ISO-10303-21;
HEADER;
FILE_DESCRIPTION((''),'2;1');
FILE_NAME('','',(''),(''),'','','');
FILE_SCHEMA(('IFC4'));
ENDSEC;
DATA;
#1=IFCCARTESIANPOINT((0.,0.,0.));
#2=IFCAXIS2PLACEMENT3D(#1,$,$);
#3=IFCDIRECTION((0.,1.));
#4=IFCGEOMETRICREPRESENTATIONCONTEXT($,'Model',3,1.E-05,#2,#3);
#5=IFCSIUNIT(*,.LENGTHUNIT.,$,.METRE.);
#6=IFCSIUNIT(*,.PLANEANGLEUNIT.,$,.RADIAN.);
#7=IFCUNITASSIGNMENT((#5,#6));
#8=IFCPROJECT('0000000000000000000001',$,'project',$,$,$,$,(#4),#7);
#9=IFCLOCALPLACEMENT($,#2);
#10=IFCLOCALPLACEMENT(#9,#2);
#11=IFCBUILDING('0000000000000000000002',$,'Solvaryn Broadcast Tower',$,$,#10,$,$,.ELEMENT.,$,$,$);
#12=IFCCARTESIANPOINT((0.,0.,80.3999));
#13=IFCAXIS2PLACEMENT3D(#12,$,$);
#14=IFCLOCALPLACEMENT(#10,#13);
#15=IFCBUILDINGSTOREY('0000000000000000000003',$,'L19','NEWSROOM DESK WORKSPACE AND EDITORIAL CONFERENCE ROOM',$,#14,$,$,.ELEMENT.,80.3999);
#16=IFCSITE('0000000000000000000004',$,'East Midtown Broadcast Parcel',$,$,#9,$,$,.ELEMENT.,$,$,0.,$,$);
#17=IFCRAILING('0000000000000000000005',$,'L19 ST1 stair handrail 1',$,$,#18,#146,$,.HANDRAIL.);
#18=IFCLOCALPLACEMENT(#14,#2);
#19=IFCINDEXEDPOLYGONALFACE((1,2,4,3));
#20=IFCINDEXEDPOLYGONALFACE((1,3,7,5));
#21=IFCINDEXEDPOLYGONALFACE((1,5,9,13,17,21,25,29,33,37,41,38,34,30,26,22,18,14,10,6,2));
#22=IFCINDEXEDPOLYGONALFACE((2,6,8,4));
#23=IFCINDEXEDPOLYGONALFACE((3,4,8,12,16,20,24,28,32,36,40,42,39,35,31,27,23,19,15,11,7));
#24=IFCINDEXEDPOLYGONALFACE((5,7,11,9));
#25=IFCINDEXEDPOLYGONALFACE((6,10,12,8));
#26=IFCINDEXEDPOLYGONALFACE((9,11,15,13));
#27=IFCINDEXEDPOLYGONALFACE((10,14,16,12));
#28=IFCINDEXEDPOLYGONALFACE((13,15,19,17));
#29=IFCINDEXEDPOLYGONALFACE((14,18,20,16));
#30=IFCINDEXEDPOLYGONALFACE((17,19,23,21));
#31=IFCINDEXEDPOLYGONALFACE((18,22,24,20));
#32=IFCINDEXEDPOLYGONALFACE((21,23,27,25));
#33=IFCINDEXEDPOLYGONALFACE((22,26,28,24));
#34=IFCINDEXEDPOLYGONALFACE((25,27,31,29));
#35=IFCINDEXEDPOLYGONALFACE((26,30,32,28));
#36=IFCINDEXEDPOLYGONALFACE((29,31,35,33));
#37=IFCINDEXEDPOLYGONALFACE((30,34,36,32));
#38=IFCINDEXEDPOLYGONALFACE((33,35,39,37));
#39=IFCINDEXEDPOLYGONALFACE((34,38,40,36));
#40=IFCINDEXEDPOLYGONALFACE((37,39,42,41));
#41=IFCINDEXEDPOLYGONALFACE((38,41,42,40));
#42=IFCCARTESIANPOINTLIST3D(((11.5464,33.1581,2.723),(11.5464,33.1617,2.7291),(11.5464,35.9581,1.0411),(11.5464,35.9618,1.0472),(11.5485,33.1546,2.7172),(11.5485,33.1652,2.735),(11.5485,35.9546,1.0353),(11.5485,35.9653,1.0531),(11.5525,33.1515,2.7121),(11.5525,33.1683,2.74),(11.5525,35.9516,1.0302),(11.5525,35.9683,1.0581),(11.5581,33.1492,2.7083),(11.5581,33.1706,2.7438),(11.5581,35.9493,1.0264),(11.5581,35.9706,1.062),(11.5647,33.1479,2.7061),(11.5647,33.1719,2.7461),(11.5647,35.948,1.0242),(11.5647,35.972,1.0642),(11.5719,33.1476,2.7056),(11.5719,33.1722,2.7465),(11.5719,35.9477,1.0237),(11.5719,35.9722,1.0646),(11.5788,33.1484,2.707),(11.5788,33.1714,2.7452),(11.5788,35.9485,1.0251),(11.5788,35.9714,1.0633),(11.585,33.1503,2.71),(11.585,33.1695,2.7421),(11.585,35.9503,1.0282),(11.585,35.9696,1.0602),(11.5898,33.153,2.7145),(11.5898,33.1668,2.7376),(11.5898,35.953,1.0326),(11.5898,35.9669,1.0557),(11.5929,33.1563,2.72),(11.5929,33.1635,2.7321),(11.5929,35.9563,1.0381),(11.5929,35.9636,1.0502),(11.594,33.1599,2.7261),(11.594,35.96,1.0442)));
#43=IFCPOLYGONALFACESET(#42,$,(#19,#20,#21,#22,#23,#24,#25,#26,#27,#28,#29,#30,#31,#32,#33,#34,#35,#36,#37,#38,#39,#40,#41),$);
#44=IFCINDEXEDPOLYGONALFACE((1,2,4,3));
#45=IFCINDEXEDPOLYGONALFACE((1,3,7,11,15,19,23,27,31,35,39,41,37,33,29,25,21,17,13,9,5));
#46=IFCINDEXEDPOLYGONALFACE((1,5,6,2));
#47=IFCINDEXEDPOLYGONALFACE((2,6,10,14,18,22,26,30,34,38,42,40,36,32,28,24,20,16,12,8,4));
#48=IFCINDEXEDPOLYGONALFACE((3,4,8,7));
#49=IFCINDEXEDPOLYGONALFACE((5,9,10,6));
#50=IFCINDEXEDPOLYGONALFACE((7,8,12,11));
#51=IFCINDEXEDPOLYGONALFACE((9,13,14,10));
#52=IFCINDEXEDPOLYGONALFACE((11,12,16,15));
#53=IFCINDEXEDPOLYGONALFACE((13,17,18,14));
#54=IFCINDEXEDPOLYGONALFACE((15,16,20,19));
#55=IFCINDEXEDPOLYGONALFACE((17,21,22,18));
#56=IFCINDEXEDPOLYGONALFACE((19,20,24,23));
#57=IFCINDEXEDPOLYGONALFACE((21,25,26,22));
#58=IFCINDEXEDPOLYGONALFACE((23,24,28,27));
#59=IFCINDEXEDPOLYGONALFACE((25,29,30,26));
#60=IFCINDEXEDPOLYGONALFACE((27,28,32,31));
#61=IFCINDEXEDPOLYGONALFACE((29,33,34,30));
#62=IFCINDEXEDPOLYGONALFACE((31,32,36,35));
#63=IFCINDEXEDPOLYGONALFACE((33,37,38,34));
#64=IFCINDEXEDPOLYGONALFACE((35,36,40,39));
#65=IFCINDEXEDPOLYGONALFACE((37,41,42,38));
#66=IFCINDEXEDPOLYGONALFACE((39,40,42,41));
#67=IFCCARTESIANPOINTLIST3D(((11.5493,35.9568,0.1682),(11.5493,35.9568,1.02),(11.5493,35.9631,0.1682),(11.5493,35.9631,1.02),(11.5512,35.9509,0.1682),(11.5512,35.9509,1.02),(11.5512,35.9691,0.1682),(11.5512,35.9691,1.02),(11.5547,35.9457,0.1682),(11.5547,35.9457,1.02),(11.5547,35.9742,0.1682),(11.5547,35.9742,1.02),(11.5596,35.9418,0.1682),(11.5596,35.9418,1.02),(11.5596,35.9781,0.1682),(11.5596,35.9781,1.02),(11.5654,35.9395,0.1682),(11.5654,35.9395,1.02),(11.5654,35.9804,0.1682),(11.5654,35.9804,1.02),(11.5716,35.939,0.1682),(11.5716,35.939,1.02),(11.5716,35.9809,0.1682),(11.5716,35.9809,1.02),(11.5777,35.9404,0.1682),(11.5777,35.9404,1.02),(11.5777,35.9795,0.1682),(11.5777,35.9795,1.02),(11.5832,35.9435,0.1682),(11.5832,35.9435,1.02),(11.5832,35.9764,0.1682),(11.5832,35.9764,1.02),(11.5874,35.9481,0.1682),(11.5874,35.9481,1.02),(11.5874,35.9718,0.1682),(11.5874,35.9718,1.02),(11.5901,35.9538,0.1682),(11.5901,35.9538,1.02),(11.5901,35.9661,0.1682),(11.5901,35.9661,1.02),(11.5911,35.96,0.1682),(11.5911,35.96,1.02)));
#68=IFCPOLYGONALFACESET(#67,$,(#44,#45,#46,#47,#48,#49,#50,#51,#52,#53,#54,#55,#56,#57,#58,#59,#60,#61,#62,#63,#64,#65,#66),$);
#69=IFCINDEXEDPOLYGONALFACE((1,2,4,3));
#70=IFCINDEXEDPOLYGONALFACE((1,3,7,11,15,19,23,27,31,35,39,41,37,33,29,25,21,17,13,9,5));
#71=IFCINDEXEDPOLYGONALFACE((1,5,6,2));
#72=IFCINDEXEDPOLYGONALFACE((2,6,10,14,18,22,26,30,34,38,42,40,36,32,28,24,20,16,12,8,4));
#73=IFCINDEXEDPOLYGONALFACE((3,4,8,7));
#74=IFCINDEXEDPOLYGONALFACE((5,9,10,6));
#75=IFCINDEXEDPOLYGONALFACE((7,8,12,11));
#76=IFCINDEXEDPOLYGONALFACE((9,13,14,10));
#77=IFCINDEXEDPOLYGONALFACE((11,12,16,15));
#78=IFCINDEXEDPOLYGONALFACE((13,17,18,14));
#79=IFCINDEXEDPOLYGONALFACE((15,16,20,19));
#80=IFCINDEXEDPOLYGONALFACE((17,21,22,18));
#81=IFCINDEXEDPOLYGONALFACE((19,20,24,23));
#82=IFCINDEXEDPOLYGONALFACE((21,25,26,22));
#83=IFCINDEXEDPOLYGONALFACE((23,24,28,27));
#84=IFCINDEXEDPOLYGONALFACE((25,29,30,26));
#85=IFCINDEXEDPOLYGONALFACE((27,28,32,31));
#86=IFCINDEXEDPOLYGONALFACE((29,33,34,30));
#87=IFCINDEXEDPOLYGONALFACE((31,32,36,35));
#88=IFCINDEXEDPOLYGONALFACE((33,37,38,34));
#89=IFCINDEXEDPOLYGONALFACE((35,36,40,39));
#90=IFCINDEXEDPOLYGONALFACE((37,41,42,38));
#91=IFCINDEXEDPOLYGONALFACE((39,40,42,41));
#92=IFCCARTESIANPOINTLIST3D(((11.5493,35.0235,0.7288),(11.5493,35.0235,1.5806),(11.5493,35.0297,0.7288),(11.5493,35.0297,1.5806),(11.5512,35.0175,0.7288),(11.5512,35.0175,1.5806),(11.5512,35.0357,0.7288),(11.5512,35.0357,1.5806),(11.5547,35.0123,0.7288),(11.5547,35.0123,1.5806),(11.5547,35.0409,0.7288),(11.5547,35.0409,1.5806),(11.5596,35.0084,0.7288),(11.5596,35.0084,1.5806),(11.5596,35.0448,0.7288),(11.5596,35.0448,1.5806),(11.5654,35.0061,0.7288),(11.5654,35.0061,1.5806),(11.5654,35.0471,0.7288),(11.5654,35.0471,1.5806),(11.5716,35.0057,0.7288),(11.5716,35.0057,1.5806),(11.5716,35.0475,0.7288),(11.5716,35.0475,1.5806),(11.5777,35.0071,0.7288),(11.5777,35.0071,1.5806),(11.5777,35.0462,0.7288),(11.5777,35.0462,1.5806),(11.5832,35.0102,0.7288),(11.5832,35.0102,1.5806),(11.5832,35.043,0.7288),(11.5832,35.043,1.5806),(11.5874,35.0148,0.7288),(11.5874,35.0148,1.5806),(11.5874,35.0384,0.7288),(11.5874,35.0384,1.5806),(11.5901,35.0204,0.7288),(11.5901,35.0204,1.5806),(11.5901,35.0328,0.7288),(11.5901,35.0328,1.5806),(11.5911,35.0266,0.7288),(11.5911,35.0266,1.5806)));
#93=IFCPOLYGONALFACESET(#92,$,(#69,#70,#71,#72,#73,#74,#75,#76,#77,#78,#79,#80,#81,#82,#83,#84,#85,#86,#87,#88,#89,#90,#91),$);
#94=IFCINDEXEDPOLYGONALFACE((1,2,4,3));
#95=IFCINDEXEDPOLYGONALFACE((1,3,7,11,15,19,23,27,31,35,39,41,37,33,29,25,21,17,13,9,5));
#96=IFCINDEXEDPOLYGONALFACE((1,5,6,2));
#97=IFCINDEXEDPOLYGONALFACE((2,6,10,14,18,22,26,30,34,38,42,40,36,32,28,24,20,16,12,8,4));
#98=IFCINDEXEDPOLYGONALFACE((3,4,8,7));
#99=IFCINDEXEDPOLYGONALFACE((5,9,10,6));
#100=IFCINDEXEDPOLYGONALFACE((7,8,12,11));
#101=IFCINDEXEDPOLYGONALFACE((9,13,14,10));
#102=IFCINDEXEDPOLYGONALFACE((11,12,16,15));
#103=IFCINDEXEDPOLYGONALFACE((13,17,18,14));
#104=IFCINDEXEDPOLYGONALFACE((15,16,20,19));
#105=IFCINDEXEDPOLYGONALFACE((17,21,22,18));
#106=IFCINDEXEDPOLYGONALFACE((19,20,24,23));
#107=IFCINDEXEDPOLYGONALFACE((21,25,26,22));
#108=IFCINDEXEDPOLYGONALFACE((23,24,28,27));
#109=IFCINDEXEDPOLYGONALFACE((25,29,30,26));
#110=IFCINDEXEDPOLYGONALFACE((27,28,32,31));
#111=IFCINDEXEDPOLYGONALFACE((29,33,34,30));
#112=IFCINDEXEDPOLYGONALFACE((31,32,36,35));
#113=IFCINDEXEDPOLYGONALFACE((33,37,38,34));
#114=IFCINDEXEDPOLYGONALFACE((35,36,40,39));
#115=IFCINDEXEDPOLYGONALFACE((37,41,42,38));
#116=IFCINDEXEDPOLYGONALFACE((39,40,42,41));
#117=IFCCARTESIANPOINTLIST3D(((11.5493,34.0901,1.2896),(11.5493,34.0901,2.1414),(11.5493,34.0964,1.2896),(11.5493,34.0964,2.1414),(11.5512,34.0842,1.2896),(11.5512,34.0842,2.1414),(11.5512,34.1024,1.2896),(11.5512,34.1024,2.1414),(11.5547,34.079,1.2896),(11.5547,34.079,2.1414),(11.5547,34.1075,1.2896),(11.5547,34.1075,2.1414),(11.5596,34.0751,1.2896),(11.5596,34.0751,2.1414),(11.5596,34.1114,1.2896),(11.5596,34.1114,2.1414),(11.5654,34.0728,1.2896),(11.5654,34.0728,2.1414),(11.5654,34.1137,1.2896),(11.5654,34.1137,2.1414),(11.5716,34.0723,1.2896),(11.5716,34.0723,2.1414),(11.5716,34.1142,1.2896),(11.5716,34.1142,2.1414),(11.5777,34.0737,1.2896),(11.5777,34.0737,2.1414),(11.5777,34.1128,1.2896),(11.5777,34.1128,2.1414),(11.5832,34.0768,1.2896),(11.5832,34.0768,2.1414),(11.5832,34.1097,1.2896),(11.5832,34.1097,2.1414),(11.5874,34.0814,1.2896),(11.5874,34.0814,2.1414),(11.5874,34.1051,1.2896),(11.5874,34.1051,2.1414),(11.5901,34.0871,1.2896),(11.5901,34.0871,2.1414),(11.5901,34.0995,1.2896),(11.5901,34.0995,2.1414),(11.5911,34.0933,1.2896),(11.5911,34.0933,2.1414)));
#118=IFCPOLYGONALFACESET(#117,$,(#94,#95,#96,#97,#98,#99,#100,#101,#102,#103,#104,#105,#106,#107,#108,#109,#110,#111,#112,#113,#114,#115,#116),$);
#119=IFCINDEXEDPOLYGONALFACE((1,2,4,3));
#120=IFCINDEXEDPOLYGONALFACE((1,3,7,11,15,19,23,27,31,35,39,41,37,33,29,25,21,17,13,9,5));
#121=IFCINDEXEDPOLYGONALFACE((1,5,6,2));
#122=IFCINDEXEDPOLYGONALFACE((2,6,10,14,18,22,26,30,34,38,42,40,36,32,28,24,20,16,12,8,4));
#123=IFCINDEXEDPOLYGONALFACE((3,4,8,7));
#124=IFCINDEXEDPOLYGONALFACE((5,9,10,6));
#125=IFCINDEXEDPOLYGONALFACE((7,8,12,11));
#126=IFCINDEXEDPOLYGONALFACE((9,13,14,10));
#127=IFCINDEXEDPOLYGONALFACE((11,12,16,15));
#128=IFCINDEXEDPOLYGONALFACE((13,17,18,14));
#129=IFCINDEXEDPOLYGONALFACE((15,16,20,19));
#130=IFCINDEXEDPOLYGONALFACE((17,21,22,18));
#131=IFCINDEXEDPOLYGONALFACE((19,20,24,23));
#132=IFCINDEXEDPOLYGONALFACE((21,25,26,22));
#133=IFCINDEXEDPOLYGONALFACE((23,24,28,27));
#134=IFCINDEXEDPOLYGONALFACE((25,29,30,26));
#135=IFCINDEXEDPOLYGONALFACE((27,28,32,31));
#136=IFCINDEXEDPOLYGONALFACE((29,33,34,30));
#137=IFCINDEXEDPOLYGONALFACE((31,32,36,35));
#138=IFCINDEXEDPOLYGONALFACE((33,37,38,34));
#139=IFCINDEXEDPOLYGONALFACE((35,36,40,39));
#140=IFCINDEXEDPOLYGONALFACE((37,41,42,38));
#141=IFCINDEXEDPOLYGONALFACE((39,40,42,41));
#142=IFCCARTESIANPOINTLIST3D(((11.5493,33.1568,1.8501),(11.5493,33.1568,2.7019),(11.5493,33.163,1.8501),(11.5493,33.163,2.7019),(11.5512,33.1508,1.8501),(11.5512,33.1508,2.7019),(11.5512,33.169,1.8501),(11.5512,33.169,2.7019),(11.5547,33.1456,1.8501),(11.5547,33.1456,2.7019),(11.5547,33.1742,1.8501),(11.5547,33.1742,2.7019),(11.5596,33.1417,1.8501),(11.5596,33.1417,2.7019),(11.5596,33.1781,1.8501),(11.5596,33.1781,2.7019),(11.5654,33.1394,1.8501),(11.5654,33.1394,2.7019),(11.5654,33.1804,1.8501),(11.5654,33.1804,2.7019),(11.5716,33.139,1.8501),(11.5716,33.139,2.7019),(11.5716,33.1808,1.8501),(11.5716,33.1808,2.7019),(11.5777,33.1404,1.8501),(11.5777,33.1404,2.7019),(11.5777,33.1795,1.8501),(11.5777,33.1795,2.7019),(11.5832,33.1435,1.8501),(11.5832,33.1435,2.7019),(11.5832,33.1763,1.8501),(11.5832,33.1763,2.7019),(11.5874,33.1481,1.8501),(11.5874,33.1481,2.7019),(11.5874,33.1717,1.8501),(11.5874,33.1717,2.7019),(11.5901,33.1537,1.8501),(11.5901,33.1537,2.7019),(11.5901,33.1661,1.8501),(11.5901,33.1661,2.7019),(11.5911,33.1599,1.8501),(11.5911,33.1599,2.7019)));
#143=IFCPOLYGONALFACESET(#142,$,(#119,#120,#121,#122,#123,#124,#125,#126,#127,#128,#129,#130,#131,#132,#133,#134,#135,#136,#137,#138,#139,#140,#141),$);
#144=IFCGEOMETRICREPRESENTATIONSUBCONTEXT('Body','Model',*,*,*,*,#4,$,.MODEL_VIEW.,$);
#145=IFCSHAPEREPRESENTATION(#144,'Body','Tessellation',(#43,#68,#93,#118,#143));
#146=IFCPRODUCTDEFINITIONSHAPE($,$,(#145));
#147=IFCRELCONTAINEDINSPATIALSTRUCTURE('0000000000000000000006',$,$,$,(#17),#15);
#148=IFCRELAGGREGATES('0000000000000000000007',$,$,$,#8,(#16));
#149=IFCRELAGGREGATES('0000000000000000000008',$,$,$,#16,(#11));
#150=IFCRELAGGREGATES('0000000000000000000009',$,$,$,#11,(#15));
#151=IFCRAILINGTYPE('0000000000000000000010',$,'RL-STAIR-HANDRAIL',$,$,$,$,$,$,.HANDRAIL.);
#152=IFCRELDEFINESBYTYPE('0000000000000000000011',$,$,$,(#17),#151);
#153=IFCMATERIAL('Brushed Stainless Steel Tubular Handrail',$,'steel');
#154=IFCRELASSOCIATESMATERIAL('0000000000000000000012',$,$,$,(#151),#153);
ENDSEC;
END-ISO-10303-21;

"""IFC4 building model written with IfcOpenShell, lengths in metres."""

from ifc_helpers import new_model, si_unit, direction, frame, origin, origin_2d, place, context, subcontext, project, spatial, circle, extrude, material, type_object, element, save


model = new_model("IFC4")

# Units and contexts
model_context = context("Model", 3, precision=1e-05, world=origin(), true_north=direction((0.0, 1.0)))
body_context = subcontext(model_context, "Body", "Model", "MODEL_VIEW")
ifc_project = project(units=[si_unit("LENGTHUNIT", "METRE"), si_unit("PLANEANGLEUNIT", "RADIAN")], contexts=[model_context])

# Site, building, storey
site_placement = place(None, origin())
site = spatial("IfcSite", under=ifc_project, at=site_placement, Name="East Midtown Broadcast Parcel", CompositionType="ELEMENT", RefElevation=0.0)
building_placement = place(site_placement, origin())
building = spatial("IfcBuilding", under=site, at=building_placement, Name="Solvaryn Broadcast Tower", CompositionType="ELEMENT")
storey_placement = place(building_placement, frame((0.0, 0.0, 80.3999)))
storey = spatial("IfcBuildingStorey", under=building, at=storey_placement, Name="L19", Description="NEWSROOM DESK WORKSPACE AND EDITORIAL CONFERENCE ROOM", CompositionType="ELEMENT", Elevation=80.3999)

# Railing
ifc_material_1 = material(Name="Brushed Stainless Steel Tubular Handrail", Category="steel")
railing_type_1 = type_object("IfcRailingType", Name="RL-STAIR-HANDRAIL", PredefinedType="HANDRAIL", material=ifc_material_1)
railing_1_placement = place(storey_placement, frame((11.5701, 35.96, 0.1682)))
element("IfcRailing", 1, at=railing_1_placement, inside=storey, type_object=railing_type_1, Name="L19 ST1 stair handrail 1", PredefinedType="HANDRAIL", context=body_context, shape_type="SweptSolid", body=[
    extrude(circle(Radius=0.0239, at=origin_2d()), frame((0.0, 0.0, 0.876), z_axis=(0.0, -0.857242, 0.514913), x_axis=(1.0, 0.0, 0.0)), (0.0, 0.0, 1.0), 3.2664),
    extrude(circle(Radius=0.021, at=origin_2d()), origin(), (0.0, 0.0, 1.0), 0.8518),
    extrude(circle(Radius=0.021, at=origin_2d()), frame((0.0, -0.9333, 0.5605)), (0.0, 0.0, 1.0), 0.8518),
    extrude(circle(Radius=0.021, at=origin_2d()), frame((0.0, -1.8667, 1.1213)), (0.0, 0.0, 1.0), 0.8518),
    extrude(circle(Radius=0.021, at=origin_2d()), frame((0.0, -2.8, 1.6819)), (0.0, 0.0, 1.0), 0.8518),
])

save(model, "model.ifc")
